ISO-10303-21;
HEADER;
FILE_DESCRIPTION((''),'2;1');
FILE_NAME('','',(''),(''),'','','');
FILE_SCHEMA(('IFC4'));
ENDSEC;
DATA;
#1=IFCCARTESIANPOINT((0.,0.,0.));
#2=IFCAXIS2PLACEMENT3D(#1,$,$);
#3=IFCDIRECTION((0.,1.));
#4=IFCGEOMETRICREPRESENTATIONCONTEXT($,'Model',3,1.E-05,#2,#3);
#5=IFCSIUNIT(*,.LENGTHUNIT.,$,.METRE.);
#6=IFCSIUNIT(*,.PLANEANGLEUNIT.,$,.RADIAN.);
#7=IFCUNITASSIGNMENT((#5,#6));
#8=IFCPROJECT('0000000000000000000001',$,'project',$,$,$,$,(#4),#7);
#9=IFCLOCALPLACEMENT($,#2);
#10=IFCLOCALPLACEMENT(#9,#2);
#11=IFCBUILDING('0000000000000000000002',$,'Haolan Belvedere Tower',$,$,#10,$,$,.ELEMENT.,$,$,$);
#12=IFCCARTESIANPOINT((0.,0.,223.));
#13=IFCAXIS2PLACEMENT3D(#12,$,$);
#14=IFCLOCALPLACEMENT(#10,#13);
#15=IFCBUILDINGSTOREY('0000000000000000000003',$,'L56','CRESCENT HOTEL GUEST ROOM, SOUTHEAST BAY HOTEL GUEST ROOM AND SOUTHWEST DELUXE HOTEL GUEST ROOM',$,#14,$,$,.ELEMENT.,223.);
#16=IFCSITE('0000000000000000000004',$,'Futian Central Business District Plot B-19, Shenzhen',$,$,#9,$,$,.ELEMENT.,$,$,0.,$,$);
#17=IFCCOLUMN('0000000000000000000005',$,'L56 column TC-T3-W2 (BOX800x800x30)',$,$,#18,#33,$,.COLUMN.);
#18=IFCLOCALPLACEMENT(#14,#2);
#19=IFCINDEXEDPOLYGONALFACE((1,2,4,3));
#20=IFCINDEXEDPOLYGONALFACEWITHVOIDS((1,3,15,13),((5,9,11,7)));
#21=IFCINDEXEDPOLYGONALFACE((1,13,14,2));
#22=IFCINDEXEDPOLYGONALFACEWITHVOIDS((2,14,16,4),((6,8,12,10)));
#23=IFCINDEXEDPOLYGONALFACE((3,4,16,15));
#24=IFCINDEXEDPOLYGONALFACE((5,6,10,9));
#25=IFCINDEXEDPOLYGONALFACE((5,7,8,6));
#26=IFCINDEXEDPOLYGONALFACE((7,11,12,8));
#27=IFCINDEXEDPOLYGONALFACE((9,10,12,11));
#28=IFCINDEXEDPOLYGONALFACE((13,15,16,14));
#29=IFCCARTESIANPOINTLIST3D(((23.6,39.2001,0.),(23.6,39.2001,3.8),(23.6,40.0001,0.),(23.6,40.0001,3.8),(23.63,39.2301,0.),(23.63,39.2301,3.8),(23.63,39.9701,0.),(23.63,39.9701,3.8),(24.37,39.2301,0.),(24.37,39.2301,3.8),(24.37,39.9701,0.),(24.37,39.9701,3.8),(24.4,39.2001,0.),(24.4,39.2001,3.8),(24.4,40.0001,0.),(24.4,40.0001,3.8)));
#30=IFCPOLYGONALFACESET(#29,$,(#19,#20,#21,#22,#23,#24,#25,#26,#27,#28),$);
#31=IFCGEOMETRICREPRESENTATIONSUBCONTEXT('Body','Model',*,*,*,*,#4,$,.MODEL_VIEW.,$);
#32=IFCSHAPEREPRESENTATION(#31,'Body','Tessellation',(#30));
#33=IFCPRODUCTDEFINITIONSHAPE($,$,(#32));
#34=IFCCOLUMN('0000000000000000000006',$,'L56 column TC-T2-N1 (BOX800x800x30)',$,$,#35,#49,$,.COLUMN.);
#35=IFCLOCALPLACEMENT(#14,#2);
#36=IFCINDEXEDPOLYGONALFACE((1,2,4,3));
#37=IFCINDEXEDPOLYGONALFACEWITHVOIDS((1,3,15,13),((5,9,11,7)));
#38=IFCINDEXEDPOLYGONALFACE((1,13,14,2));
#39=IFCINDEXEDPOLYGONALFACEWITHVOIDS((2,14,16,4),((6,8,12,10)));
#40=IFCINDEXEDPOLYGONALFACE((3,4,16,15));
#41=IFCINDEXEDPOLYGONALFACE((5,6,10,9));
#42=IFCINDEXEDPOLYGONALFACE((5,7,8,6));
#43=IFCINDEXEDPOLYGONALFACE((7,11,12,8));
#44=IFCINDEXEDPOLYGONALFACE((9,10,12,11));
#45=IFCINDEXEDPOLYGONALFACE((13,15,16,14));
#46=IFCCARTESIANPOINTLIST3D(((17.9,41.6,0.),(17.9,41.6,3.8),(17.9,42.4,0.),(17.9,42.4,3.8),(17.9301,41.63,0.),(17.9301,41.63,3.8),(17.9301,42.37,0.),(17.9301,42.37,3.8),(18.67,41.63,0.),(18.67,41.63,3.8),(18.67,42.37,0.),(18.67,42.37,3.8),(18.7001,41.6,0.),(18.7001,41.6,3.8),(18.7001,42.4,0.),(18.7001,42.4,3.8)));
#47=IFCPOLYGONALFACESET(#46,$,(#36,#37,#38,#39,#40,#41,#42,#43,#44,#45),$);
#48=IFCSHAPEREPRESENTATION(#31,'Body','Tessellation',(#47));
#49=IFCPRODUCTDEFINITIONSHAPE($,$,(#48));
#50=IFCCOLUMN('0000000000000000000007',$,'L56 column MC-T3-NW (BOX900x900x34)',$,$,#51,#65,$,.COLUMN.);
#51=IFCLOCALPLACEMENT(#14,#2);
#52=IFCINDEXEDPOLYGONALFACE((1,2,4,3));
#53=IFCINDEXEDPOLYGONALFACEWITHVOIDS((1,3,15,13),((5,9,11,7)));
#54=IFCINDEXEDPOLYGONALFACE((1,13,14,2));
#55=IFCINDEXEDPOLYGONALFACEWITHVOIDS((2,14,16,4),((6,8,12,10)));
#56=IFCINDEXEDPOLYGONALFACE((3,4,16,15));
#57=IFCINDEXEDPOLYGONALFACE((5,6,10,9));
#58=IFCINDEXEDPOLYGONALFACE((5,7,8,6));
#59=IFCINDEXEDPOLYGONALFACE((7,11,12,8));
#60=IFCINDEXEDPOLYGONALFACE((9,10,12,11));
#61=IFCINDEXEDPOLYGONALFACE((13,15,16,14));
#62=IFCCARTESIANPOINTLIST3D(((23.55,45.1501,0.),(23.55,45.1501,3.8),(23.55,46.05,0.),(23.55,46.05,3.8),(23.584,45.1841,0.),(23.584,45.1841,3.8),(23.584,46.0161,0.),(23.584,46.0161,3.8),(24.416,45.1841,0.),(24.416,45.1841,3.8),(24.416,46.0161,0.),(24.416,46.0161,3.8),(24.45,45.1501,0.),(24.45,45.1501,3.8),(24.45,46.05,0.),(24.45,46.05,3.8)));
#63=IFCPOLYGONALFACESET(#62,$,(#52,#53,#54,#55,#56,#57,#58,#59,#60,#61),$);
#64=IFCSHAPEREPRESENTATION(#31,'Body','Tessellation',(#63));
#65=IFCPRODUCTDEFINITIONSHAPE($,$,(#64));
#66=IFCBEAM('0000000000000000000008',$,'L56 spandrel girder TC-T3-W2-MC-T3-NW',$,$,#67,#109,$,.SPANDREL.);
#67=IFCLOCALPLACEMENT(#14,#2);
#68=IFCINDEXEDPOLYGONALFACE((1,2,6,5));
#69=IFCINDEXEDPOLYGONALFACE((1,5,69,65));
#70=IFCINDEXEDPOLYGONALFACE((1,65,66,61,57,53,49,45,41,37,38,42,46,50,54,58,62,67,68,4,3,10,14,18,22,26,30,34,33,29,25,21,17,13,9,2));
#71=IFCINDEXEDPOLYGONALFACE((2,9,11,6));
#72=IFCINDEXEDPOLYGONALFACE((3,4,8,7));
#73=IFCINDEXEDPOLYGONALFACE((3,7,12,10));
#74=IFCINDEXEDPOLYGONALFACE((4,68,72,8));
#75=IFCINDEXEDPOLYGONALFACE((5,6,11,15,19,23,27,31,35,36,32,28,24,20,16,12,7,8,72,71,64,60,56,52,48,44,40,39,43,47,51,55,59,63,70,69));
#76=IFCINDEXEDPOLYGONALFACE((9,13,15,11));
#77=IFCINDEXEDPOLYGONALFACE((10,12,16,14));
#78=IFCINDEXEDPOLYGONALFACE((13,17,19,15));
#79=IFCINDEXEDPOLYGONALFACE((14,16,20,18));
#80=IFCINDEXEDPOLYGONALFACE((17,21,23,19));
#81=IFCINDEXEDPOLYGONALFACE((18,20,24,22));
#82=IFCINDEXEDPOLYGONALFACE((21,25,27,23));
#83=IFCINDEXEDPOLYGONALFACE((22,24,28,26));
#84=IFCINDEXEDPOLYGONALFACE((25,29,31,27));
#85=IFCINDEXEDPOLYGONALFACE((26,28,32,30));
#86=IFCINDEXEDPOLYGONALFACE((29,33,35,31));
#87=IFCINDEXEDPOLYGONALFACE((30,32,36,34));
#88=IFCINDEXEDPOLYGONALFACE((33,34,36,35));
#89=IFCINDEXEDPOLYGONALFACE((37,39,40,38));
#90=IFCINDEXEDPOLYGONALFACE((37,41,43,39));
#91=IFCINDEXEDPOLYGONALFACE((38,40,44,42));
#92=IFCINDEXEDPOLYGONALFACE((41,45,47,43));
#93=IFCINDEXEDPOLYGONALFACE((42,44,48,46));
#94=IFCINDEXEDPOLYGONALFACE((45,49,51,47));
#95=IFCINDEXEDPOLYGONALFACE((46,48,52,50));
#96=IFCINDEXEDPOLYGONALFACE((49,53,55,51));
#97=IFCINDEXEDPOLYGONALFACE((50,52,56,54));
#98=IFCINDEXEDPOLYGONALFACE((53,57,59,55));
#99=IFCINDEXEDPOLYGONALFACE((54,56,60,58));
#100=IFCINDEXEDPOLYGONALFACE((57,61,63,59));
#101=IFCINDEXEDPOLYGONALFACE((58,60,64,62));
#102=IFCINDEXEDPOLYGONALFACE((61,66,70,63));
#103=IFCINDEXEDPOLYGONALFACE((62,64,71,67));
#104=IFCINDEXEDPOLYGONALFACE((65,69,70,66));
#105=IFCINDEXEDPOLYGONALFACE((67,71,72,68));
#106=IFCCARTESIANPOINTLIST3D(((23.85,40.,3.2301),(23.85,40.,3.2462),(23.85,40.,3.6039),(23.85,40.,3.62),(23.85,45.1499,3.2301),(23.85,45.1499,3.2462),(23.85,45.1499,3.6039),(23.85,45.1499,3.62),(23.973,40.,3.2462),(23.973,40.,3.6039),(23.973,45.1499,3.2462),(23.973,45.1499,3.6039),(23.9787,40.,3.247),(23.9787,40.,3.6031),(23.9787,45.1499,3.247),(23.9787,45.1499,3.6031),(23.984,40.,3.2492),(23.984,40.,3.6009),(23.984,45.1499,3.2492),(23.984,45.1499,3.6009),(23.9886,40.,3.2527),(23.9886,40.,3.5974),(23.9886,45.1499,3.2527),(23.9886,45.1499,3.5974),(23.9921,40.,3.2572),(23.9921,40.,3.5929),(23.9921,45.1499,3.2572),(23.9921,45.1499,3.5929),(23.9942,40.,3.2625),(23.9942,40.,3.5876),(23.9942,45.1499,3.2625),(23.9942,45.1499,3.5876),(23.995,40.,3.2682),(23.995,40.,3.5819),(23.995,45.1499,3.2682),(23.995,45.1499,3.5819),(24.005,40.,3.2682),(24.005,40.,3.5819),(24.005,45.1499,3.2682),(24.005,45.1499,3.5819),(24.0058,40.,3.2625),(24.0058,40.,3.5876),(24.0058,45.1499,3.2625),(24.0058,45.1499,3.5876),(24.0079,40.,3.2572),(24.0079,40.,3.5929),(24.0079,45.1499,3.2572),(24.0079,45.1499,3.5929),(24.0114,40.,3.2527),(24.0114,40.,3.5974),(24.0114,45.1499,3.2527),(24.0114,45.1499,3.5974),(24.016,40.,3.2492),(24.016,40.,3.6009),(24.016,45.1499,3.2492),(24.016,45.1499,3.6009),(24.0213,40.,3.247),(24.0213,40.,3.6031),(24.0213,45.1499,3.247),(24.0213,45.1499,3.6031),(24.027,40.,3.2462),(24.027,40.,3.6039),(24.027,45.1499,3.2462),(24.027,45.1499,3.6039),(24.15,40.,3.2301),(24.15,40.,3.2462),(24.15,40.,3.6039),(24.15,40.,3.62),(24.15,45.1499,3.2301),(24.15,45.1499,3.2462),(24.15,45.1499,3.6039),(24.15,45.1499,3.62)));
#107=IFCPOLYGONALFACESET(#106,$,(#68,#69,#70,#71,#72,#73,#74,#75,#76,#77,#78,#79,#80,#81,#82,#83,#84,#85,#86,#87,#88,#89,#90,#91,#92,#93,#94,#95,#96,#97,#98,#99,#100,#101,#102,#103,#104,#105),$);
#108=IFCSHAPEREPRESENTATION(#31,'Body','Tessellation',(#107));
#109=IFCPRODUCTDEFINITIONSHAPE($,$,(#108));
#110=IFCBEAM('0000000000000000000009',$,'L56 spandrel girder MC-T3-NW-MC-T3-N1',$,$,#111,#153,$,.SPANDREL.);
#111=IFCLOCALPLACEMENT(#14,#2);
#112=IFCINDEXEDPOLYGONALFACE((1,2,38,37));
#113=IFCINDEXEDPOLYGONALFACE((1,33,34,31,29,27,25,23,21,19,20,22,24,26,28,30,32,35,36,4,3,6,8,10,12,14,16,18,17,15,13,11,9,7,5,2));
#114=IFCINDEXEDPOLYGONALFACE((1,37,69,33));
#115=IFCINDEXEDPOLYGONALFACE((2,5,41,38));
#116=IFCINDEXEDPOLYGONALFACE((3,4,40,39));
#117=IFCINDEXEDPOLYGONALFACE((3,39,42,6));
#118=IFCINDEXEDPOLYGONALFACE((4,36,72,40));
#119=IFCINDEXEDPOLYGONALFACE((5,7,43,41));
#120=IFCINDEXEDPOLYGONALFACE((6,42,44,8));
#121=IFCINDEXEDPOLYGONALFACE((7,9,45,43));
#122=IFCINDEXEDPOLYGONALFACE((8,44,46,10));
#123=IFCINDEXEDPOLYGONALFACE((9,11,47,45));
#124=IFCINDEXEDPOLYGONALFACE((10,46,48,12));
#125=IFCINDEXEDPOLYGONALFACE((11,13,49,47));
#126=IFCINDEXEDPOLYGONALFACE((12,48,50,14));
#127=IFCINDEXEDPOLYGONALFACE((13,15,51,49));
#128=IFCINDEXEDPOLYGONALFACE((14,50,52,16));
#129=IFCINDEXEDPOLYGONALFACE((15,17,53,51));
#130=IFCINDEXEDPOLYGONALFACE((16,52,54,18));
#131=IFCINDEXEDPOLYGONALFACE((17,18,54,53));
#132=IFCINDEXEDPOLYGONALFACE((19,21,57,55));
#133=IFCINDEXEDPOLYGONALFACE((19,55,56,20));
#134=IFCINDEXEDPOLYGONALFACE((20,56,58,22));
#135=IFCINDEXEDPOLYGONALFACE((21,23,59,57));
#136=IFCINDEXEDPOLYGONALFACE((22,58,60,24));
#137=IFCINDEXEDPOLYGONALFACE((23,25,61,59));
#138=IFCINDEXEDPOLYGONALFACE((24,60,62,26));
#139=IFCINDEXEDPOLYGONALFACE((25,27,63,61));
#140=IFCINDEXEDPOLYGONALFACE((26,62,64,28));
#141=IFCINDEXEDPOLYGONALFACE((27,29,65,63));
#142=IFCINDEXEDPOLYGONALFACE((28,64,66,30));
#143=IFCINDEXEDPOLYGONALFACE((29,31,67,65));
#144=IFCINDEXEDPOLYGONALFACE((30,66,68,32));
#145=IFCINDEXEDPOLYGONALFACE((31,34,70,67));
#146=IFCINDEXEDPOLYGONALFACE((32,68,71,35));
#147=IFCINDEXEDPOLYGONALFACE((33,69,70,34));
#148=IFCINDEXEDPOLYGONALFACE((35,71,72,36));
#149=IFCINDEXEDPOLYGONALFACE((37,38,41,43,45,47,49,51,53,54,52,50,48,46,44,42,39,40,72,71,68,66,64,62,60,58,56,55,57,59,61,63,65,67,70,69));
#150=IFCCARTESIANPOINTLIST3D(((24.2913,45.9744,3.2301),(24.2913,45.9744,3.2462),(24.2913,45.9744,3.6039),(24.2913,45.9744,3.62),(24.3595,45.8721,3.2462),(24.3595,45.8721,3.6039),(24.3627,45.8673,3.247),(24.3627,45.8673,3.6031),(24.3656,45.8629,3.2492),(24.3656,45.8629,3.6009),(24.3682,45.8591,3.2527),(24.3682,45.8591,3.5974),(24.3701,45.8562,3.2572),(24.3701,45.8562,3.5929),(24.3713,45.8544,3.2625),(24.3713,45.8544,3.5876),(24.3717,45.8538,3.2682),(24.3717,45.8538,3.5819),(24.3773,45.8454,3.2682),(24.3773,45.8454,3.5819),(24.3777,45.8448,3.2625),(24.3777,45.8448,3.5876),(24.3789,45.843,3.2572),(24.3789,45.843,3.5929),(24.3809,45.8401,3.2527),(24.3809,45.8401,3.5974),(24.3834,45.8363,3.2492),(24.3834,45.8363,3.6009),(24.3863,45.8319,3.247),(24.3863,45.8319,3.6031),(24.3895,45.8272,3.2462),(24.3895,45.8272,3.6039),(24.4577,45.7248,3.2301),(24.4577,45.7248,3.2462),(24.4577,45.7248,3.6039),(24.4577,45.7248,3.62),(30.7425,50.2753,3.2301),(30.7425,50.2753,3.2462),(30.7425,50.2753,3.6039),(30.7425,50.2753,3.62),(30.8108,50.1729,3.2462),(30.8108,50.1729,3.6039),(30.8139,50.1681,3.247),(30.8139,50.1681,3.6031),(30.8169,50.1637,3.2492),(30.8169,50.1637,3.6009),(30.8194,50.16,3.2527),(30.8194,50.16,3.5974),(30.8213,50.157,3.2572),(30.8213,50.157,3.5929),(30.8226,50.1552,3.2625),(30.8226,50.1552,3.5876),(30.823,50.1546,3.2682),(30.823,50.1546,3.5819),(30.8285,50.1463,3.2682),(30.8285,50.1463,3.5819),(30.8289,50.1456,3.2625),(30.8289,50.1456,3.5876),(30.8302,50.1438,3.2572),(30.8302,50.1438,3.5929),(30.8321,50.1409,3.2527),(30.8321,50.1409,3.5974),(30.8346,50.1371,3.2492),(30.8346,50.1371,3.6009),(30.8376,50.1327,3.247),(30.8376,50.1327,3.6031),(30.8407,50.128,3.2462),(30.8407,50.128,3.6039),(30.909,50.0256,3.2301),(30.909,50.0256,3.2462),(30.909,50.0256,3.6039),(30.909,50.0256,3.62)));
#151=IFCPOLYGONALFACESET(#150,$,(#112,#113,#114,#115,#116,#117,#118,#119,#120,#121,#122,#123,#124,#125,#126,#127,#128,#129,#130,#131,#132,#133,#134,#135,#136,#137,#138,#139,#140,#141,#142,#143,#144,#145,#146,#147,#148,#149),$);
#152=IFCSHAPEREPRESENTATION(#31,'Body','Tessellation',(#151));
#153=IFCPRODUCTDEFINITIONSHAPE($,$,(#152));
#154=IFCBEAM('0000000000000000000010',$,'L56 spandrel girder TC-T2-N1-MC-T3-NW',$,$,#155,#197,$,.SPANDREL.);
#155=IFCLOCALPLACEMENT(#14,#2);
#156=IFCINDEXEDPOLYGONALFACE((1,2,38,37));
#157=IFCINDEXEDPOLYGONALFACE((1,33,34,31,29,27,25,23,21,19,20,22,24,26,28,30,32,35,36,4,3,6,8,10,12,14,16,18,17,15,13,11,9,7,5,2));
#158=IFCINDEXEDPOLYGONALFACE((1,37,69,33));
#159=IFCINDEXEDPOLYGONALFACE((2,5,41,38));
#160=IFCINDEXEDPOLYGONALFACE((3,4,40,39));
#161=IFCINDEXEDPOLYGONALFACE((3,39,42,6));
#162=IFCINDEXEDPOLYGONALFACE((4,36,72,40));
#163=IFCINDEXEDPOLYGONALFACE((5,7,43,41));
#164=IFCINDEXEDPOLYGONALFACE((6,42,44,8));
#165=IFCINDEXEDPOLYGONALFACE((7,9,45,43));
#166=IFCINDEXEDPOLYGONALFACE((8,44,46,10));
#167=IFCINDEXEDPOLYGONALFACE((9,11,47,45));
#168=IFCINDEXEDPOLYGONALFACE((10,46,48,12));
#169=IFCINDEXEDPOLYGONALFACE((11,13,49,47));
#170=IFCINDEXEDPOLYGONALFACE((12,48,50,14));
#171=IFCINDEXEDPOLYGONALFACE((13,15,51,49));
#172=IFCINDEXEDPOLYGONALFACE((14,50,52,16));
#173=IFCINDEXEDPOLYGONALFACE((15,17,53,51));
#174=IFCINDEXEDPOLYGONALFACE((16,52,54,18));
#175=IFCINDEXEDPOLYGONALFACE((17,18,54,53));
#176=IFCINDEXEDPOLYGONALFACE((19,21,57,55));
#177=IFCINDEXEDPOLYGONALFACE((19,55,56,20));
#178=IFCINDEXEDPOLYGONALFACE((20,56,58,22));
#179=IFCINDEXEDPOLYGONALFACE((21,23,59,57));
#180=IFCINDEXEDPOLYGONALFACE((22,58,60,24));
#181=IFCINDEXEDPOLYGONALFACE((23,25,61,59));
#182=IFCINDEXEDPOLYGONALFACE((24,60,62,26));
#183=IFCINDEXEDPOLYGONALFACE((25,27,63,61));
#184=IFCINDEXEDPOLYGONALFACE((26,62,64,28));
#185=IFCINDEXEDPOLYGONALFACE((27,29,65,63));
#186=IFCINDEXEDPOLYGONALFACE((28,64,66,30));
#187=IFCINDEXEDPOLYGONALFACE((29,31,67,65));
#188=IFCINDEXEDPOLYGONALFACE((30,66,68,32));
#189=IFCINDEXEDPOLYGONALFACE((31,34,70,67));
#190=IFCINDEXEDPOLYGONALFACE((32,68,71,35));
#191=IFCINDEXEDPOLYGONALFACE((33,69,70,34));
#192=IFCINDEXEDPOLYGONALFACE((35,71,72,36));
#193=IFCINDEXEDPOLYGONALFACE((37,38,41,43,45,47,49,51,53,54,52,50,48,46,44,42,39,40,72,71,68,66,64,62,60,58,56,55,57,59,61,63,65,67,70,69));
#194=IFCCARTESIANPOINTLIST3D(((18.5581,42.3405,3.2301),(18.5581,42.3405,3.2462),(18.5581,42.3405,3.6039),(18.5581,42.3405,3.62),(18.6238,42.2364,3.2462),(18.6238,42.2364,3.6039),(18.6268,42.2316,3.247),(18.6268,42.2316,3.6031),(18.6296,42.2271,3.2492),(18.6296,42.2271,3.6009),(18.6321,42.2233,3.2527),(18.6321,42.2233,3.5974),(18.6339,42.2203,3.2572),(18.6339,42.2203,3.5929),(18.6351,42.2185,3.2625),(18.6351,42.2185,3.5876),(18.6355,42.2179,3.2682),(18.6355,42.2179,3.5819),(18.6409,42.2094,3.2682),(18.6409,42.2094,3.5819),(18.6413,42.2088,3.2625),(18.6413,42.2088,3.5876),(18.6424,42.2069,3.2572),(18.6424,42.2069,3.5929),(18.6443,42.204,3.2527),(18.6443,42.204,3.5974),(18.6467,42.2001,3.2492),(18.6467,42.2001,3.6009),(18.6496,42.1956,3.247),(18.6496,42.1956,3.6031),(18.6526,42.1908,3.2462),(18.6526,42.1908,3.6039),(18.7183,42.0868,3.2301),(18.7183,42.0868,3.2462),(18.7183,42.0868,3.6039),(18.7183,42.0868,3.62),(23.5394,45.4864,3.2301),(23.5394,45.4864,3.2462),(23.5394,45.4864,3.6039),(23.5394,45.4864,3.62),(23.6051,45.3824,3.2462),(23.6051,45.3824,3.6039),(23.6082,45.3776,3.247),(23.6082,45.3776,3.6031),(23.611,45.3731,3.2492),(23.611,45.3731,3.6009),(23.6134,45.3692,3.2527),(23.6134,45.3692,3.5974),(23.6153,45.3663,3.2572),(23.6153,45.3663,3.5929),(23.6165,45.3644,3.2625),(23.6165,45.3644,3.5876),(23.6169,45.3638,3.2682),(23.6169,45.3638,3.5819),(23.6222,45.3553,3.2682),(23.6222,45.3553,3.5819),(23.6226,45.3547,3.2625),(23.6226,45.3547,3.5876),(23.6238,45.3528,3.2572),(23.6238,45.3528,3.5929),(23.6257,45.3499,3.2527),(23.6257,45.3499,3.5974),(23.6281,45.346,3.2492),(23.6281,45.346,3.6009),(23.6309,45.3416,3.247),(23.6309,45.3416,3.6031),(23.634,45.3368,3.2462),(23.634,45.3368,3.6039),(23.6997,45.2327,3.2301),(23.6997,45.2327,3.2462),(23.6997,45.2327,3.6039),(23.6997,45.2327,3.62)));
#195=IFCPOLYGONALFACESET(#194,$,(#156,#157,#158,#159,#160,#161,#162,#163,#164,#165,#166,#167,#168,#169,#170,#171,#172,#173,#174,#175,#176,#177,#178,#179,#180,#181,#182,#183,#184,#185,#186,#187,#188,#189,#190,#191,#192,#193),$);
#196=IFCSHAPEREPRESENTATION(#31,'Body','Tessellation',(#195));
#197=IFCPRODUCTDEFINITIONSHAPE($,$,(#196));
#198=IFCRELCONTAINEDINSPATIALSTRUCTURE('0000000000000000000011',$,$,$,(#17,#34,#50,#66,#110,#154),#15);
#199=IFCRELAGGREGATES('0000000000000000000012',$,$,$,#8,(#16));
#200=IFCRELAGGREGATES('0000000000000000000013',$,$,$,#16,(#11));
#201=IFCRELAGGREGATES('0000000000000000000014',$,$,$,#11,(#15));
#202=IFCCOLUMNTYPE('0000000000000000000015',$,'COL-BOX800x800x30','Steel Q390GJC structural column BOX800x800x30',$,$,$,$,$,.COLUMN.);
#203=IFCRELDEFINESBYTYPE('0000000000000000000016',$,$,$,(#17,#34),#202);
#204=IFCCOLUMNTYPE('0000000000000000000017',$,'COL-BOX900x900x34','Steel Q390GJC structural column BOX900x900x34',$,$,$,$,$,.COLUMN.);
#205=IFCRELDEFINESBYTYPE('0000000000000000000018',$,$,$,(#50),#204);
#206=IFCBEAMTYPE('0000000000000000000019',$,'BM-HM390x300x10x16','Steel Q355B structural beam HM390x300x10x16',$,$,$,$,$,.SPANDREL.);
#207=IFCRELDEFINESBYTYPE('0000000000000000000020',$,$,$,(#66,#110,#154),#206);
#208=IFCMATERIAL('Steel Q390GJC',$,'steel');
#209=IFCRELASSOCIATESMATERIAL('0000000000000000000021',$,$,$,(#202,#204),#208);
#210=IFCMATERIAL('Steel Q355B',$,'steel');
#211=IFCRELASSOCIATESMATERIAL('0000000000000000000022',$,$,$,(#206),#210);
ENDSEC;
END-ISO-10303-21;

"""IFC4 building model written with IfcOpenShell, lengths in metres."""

from ifc_helpers import new_model, si_unit, direction, frame, origin, origin_2d, place, context, subcontext, project, spatial, hollow_rectangle, i_section, extrude, material, material_profile, profile_set, type_object, element, save


model = new_model("IFC4")

# Units and contexts
model_context = context("Model", 3, precision=1e-05, world=origin(), true_north=direction((0.0, 1.0)))
body_context = subcontext(model_context, "Body", "Model", "MODEL_VIEW")
ifc_project = project(units=[si_unit("LENGTHUNIT", "METRE"), si_unit("PLANEANGLEUNIT", "RADIAN")], contexts=[model_context])

# Site, building, storey
site_placement = place(None, origin())
site = spatial("IfcSite", under=ifc_project, at=site_placement, Name="Futian Central Business District Plot B-19, Shenzhen", CompositionType="ELEMENT", RefElevation=0.0)
building_placement = place(site_placement, origin())
building = spatial("IfcBuilding", under=site, at=building_placement, Name="Haolan Belvedere Tower", CompositionType="ELEMENT")
storey_placement = place(building_placement, frame((0.0, 0.0, 223.0)))
storey = spatial("IfcBuildingStorey", under=building, at=storey_placement, Name="L56", Description="CRESCENT HOTEL GUEST ROOM, SOUTHEAST BAY HOTEL GUEST ROOM AND SOUTHWEST DELUXE HOTEL GUEST ROOM", CompositionType="ELEMENT", Elevation=223.0)

# Columns
ifc_material_1 = material(Name="Steel Q390GJC", Category="steel")
ifc_material_profile_1 = material_profile(ifc_material_1, hollow_rectangle(XDim=0.8, YDim=0.8, WallThickness=0.03, at=origin_2d()), Name="Steel Q390GJC")
ifc_profile_set_1 = profile_set([ifc_material_profile_1], Name="Steel Q390GJC")
column_type_1 = type_object("IfcColumnType", Name="COL-BOX800x800x30", Description="Steel Q390GJC structural column BOX800x800x30", PredefinedType="COLUMN", material=ifc_profile_set_1)
for number, where, z_axis, x_axis, name in (
    (1, (24.0, 39.6001, 0.0), (0.0, 0.0, 1.0), (1.0, 0.0, 0.0), "L56 column TC-T3-W2 (BOX800x800x30)"),
    (2, (18.3, 42.0, 0.0), (0.0, 0.0, 1.0), (1.0, 0.0, 0.0), "L56 column TC-T2-N1 (BOX800x800x30)"),
):
    element("IfcColumn", number, at=place(storey_placement, frame(where, z_axis=z_axis, x_axis=x_axis)), inside=storey, type_object=column_type_1, Name=name, PredefinedType="COLUMN", context=body_context, shape_type="SweptSolid", body=[
        extrude(hollow_rectangle(XDim=0.8, YDim=0.8, WallThickness=0.03, at=origin_2d()), origin(), (0.0, 0.0, 1.0), 3.8),
    ])
ifc_material_profile_2 = material_profile(ifc_material_1, hollow_rectangle(XDim=0.8999, YDim=0.8999, WallThickness=0.0339, at=origin_2d()), Name="Steel Q390GJC")
ifc_profile_set_2 = profile_set([ifc_material_profile_2], Name="Steel Q390GJC")
column_type_2 = type_object("IfcColumnType", Name="COL-BOX900x900x34", Description="Steel Q390GJC structural column BOX900x900x34", PredefinedType="COLUMN", material=ifc_profile_set_2)
column_placement = place(storey_placement, frame((24.0, 45.6001, 0.0), z_axis=(0.0, 0.0, 1.0), x_axis=(1.0, 0.0, 0.0)))
element("IfcColumn", 3, at=column_placement, inside=storey, type_object=column_type_2, Name="L56 column MC-T3-NW (BOX900x900x34)", PredefinedType="COLUMN", context=body_context, shape_type="SweptSolid", body=[
    extrude(hollow_rectangle(XDim=0.8999, YDim=0.8999, WallThickness=0.0339, at=origin_2d()), origin(), (0.0, 0.0, 1.0), 3.8),
])

# Beams
ifc_material_2 = material(Name="Steel Q355B", Category="steel")
ifc_material_profile_3 = material_profile(ifc_material_2, i_section(OverallWidth=0.3, OverallDepth=0.3899, WebThickness=0.01, FlangeThickness=0.0161, FilletRadius=0.022, at=origin_2d()), Name="Steel Q355B")
ifc_profile_set_3 = profile_set([ifc_material_profile_3], Name="Steel Q355B")
beam_type_1 = type_object("IfcBeamType", Name="BM-HM390x300x10x16", Description="Steel Q355B structural beam HM390x300x10x16", PredefinedType="SPANDREL", material=ifc_profile_set_3)
beam_1_placement = place(storey_placement, frame((24.0, 40.0, 3.425), z_axis=(0.0, 1.0, 0.0), x_axis=(-1.0, 0.0, 0.0)))
element("IfcBeam", 4, at=beam_1_placement, inside=storey, type_object=beam_type_1, Name="L56 spandrel girder TC-T3-W2-MC-T3-NW", PredefinedType="SPANDREL", context=body_context, shape_type="SweptSolid", body=[
    extrude(i_section(OverallWidth=0.3, OverallDepth=0.3899, WebThickness=0.01, FlangeThickness=0.0161, FilletRadius=0.022, at=origin_2d()), origin(), (0.0, 0.0, 1.0), 5.1499),
])
beam_2_placement = place(storey_placement, frame((24.3745, 45.8496, 3.425), z_axis=(0.83205, 0.5547, 0.0), x_axis=(-0.5547, 0.83205, 0.0)))
element("IfcBeam", 5, at=beam_2_placement, inside=storey, type_object=beam_type_1, Name="L56 spandrel girder MC-T3-NW-MC-T3-N1", PredefinedType="SPANDREL", context=body_context, shape_type="SweptSolid", body=[
    extrude(i_section(OverallWidth=0.3, OverallDepth=0.3899, WebThickness=0.01, FlangeThickness=0.0161, FilletRadius=0.022, at=origin_2d()), origin(), (0.0, 0.0, 1.0), 7.7534),
])
beam_3_placement = place(storey_placement, frame((18.6382, 42.2136, 3.425), z_axis=(0.845503, 0.533971, 0.0), x_axis=(-0.533971, 0.845503, 0.0)))
element("IfcBeam", 6, at=beam_3_placement, inside=storey, type_object=beam_type_1, Name="L56 spandrel girder TC-T2-N1-MC-T3-NW", PredefinedType="SPANDREL", context=body_context, shape_type="SweptSolid", body=[
    extrude(i_section(OverallWidth=0.3, OverallDepth=0.3899, WebThickness=0.01, FlangeThickness=0.0161, FilletRadius=0.022, at=origin_2d()), origin(), (0.0, 0.0, 1.0), 5.8916),
])

save(model, "model.ifc")
